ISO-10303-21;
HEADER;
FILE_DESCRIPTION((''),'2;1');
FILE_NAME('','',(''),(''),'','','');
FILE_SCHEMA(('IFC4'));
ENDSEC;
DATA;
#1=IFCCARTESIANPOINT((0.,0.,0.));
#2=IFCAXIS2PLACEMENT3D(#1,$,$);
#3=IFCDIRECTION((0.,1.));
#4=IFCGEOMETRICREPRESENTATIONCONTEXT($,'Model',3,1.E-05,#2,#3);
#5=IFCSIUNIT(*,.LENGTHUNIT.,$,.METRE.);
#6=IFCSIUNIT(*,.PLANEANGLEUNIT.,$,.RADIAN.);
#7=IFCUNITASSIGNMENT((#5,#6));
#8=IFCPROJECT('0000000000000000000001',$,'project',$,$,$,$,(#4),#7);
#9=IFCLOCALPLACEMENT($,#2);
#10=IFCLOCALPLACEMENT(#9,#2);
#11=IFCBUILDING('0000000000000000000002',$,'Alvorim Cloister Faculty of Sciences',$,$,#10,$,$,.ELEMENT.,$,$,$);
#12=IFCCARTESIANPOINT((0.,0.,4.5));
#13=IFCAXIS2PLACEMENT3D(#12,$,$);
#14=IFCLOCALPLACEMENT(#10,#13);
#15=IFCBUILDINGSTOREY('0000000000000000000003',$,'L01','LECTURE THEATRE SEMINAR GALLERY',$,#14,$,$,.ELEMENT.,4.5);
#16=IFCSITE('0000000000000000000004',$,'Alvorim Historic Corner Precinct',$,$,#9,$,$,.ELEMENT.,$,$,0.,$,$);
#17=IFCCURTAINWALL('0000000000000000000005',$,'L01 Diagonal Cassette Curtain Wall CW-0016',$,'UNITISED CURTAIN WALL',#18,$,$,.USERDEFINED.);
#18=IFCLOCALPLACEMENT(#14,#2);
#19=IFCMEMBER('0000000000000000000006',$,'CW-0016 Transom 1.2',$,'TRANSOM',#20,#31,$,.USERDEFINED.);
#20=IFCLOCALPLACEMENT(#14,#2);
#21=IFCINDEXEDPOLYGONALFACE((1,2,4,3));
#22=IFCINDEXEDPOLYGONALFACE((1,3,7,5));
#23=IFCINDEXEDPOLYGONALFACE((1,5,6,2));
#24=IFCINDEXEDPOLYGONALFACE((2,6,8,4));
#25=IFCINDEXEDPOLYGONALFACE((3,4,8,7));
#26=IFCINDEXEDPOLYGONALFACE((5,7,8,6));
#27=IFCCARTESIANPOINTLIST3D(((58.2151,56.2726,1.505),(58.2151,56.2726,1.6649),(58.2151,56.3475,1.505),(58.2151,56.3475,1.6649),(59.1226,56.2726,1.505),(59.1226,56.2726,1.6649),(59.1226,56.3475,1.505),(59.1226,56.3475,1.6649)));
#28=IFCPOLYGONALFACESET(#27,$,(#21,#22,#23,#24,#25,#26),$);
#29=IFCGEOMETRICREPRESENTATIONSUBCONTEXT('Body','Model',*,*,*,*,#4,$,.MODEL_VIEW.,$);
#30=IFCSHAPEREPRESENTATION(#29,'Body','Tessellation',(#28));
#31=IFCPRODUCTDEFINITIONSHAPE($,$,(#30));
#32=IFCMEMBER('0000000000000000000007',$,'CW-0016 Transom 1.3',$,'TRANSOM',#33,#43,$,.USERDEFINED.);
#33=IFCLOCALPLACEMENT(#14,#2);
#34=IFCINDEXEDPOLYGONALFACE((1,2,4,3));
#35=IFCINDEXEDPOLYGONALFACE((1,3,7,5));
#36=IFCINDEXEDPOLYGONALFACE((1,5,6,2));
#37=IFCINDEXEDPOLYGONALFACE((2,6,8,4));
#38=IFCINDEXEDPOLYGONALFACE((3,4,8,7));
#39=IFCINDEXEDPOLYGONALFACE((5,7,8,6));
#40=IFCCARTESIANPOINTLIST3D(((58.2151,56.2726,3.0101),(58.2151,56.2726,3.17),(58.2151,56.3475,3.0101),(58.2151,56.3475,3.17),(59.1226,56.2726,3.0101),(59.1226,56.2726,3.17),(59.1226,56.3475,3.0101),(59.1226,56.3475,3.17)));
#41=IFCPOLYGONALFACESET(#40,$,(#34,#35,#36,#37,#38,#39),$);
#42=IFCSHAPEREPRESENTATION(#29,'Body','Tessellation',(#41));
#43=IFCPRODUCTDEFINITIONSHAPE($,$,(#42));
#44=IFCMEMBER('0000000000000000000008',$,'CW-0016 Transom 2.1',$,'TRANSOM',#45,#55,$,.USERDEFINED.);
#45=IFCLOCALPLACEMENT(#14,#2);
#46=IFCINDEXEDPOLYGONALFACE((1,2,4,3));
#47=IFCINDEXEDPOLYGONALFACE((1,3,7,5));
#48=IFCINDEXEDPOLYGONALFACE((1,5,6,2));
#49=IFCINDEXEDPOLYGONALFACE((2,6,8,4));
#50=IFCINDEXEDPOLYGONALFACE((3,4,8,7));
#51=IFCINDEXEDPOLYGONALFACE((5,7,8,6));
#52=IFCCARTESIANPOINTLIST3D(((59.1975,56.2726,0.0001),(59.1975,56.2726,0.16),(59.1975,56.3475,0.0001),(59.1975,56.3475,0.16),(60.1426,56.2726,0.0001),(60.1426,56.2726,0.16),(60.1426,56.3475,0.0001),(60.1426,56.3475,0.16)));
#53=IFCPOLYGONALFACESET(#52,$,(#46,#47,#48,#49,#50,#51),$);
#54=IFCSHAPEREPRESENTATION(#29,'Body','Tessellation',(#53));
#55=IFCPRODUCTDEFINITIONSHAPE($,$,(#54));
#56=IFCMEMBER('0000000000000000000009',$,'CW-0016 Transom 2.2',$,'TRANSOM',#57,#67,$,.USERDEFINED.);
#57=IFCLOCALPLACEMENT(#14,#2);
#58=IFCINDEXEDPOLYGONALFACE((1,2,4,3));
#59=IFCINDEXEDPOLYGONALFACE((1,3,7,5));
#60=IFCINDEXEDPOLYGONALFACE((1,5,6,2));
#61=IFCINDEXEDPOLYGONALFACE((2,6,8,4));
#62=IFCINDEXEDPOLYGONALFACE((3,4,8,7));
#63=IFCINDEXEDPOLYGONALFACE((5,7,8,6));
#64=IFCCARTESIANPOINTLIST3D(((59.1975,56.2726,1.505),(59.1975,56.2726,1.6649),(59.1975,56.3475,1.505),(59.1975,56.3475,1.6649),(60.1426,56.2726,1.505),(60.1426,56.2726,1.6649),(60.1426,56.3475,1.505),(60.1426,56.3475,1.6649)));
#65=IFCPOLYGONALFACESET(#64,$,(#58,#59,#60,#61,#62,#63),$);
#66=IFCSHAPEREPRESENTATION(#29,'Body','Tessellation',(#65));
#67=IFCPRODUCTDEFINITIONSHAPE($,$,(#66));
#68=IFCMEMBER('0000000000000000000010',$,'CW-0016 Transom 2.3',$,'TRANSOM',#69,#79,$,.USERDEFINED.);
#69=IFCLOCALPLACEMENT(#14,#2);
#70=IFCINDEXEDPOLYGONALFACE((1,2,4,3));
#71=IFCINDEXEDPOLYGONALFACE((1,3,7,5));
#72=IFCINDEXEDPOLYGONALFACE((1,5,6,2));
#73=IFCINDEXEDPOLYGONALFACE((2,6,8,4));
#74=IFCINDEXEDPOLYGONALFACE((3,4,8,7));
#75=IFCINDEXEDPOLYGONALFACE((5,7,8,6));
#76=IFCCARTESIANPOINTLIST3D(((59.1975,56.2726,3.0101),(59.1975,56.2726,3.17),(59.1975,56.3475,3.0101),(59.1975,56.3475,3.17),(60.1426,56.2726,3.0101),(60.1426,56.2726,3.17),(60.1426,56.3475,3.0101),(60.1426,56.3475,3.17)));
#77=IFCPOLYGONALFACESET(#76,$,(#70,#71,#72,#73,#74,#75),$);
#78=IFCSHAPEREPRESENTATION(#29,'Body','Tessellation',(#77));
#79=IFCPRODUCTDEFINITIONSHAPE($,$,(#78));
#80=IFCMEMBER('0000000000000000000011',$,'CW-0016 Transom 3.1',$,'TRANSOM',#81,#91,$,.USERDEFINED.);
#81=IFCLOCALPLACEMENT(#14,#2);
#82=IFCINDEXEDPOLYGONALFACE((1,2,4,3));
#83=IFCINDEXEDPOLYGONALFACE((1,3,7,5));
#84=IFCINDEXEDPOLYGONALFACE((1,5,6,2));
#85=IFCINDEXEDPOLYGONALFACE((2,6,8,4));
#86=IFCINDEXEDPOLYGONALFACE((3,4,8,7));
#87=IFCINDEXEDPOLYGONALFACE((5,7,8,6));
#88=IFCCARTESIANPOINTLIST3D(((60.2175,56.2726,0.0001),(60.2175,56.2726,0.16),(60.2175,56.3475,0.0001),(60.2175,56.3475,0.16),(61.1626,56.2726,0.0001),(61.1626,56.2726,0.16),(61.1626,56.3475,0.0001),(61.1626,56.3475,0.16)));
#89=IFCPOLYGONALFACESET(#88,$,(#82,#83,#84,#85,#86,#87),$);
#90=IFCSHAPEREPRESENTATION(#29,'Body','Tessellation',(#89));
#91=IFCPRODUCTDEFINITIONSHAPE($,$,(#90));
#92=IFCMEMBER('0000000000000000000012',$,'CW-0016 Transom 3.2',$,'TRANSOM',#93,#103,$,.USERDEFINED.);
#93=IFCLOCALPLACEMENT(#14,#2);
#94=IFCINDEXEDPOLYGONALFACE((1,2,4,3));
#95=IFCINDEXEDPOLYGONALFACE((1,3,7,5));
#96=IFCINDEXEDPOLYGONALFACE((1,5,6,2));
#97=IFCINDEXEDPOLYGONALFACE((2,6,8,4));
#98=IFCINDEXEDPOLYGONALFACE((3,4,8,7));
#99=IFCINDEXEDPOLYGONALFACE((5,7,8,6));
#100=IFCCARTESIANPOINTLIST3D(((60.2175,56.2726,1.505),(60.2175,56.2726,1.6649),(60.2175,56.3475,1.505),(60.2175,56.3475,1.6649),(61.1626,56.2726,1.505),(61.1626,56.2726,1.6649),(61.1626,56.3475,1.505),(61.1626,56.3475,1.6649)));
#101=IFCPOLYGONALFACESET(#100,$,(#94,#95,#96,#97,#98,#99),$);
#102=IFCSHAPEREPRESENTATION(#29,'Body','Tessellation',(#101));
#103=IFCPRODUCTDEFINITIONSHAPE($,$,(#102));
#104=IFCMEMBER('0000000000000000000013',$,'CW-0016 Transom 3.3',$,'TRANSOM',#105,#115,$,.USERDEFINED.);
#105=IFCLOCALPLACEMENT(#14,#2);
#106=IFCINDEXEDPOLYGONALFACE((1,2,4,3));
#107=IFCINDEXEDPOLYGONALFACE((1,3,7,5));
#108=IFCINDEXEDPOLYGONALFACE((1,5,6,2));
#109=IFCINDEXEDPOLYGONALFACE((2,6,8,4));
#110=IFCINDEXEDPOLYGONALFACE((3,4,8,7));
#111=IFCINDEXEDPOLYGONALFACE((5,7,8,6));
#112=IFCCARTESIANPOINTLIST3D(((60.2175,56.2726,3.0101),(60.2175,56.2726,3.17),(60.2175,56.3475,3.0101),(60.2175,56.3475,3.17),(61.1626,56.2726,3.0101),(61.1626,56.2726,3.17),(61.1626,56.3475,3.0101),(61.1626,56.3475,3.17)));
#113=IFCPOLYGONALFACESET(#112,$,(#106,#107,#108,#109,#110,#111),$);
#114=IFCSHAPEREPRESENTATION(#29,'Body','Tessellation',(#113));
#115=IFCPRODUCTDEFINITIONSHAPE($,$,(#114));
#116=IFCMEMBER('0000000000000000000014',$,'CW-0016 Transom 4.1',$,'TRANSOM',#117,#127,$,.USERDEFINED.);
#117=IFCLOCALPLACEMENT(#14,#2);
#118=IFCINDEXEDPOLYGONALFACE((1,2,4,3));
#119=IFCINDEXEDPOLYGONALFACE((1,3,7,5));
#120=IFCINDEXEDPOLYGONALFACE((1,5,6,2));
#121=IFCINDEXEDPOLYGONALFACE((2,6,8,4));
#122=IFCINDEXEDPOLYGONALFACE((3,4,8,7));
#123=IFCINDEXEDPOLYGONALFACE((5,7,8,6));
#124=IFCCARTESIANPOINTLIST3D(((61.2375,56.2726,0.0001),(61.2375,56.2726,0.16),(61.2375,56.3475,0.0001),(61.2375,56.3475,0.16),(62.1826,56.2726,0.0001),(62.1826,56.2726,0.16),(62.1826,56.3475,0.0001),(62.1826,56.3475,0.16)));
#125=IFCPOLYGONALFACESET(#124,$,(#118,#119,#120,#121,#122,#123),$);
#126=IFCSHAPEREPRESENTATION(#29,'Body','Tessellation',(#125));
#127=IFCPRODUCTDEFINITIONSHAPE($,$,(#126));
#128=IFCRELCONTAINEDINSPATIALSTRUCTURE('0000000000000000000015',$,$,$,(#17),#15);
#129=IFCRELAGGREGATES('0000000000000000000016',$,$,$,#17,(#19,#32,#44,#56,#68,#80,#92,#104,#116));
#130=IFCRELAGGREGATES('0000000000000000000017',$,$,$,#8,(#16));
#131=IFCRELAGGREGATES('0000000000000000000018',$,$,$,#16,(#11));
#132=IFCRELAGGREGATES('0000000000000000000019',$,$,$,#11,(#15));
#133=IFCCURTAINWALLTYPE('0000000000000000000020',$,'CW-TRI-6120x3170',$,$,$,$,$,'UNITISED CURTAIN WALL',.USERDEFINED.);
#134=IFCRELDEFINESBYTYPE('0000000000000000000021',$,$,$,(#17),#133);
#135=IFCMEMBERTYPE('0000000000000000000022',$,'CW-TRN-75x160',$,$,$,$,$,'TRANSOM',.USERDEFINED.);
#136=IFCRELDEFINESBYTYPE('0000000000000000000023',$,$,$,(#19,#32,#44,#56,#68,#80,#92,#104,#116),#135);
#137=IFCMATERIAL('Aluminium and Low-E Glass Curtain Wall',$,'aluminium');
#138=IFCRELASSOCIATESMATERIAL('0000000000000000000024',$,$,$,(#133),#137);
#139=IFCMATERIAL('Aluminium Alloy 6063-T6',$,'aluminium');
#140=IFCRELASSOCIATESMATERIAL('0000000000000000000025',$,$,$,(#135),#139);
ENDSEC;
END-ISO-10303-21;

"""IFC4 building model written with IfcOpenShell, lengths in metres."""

from ifc_helpers import new_model, si_unit, direction, frame, origin, origin_2d, place, context, subcontext, project, spatial, rectangle, extrude, material, material_profile, profile_set, type_object, element, aggregate, save


model = new_model("IFC4")

# Units and contexts
model_context = context("Model", 3, precision=1e-05, world=origin(), true_north=direction((0.0, 1.0)))
body_context = subcontext(model_context, "Body", "Model", "MODEL_VIEW")
ifc_project = project(units=[si_unit("LENGTHUNIT", "METRE"), si_unit("PLANEANGLEUNIT", "RADIAN")], contexts=[model_context])

# Site, building, storey
site_placement = place(None, origin())
site = spatial("IfcSite", under=ifc_project, at=site_placement, Name="Alvorim Historic Corner Precinct", CompositionType="ELEMENT", RefElevation=0.0)
building_placement = place(site_placement, origin())
building = spatial("IfcBuilding", under=site, at=building_placement, Name="Alvorim Cloister Faculty of Sciences", CompositionType="ELEMENT")
storey_placement = place(building_placement, frame((0.0, 0.0, 4.5)))
storey = spatial("IfcBuildingStorey", under=building, at=storey_placement, Name="L01", Description="LECTURE THEATRE SEMINAR GALLERY", CompositionType="ELEMENT", Elevation=4.5)

# Curtain wall
ifc_material_1 = material(Name="Aluminium and Low-E Glass Curtain Wall", Category="aluminium")
curtain_wall_type = type_object("IfcCurtainWallType", Name="CW-TRI-6120x3170", ElementType="UNITISED CURTAIN WALL", PredefinedType="USERDEFINED", material=ifc_material_1)
ifc_material_2 = material(Name="Aluminium Alloy 6063-T6", Category="aluminium")
curtain_wall_1_placement = place(storey_placement, origin())
curtain_wall_1 = element("IfcCurtainWall", 1, at=curtain_wall_1_placement, inside=storey, type_object=curtain_wall_type, Name="L01 Diagonal Cassette Curtain Wall CW-0016", ObjectType="UNITISED CURTAIN WALL", PredefinedType="USERDEFINED")

# Members
ifc_material_profile_1 = material_profile(ifc_material_2, rectangle(XDim=0.075, YDim=0.1599, at=origin_2d()), Name="ALU-TRN-75x160")
ifc_profile_set_1 = profile_set([ifc_material_profile_1], Name="Aluminium Alloy 6063-T6")
member_type_1 = type_object("IfcMemberType", Name="CW-TRN-75x160", ElementType="TRANSOM", PredefinedType="USERDEFINED", material=ifc_profile_set_1)
member_1_placement = place(storey_placement, frame((58.2151, 56.3101, 1.585), z_axis=(1.0, 0.0, 0.0), x_axis=(0.0, 1.0, 0.0)))
member_1 = element("IfcMember", 2, at=member_1_placement, type_object=member_type_1, Name="CW-0016 Transom 1.2", ObjectType="TRANSOM", PredefinedType="USERDEFINED", context=body_context, shape_type="SweptSolid", body=[
    extrude(rectangle(XDim=0.075, YDim=0.1599, at=origin_2d()), origin(), (0.0, 0.0, 1.0), 0.9075),
])
member_2_placement = place(storey_placement, frame((58.2151, 56.3101, 3.0901), z_axis=(1.0, 0.0, 0.0), x_axis=(0.0, 1.0, 0.0)))
member_2 = element("IfcMember", 3, at=member_2_placement, type_object=member_type_1, Name="CW-0016 Transom 1.3", ObjectType="TRANSOM", PredefinedType="USERDEFINED", context=body_context, shape_type="SweptSolid", body=[
    extrude(rectangle(XDim=0.075, YDim=0.1599, at=origin_2d()), origin(), (0.0, 0.0, 1.0), 0.9075),
])
member_3_placement = place(storey_placement, frame((59.1975, 56.3101, 0.0801), z_axis=(1.0, 0.0, 0.0), x_axis=(0.0, 1.0, 0.0)))
member_3 = element("IfcMember", 4, at=member_3_placement, type_object=member_type_1, Name="CW-0016 Transom 2.1", ObjectType="TRANSOM", PredefinedType="USERDEFINED", context=body_context, shape_type="SweptSolid", body=[
    extrude(rectangle(XDim=0.075, YDim=0.1599, at=origin_2d()), origin(), (0.0, 0.0, 1.0), 0.9451),
])
member_4_placement = place(storey_placement, frame((59.1975, 56.3101, 1.585), z_axis=(1.0, 0.0, 0.0), x_axis=(0.0, 1.0, 0.0)))
member_4 = element("IfcMember", 5, at=member_4_placement, type_object=member_type_1, Name="CW-0016 Transom 2.2", ObjectType="TRANSOM", PredefinedType="USERDEFINED", context=body_context, shape_type="SweptSolid", body=[
    extrude(rectangle(XDim=0.075, YDim=0.1599, at=origin_2d()), origin(), (0.0, 0.0, 1.0), 0.9451),
])
member_5_placement = place(storey_placement, frame((59.1975, 56.3101, 3.0901), z_axis=(1.0, 0.0, 0.0), x_axis=(0.0, 1.0, 0.0)))
member_5 = element("IfcMember", 6, at=member_5_placement, type_object=member_type_1, Name="CW-0016 Transom 2.3", ObjectType="TRANSOM", PredefinedType="USERDEFINED", context=body_context, shape_type="SweptSolid", body=[
    extrude(rectangle(XDim=0.075, YDim=0.1599, at=origin_2d()), origin(), (0.0, 0.0, 1.0), 0.9451),
])
member_6_placement = place(storey_placement, frame((60.2175, 56.3101, 0.0801), z_axis=(1.0, 0.0, 0.0), x_axis=(0.0, 1.0, 0.0)))
member_6 = element("IfcMember", 7, at=member_6_placement, type_object=member_type_1, Name="CW-0016 Transom 3.1", ObjectType="TRANSOM", PredefinedType="USERDEFINED", context=body_context, shape_type="SweptSolid", body=[
    extrude(rectangle(XDim=0.075, YDim=0.1599, at=origin_2d()), origin(), (0.0, 0.0, 1.0), 0.9451),
])
member_7_placement = place(storey_placement, frame((60.2175, 56.3101, 1.585), z_axis=(1.0, 0.0, 0.0), x_axis=(0.0, 1.0, 0.0)))
member_7 = element("IfcMember", 8, at=member_7_placement, type_object=member_type_1, Name="CW-0016 Transom 3.2", ObjectType="TRANSOM", PredefinedType="USERDEFINED", context=body_context, shape_type="SweptSolid", body=[
    extrude(rectangle(XDim=0.075, YDim=0.1599, at=origin_2d()), origin(), (0.0, 0.0, 1.0), 0.9451),
])
member_8_placement = place(storey_placement, frame((60.2175, 56.3101, 3.0901), z_axis=(1.0, 0.0, 0.0), x_axis=(0.0, 1.0, 0.0)))
member_8 = element("IfcMember", 9, at=member_8_placement, type_object=member_type_1, Name="CW-0016 Transom 3.3", ObjectType="TRANSOM", PredefinedType="USERDEFINED", context=body_context, shape_type="SweptSolid", body=[
    extrude(rectangle(XDim=0.075, YDim=0.1599, at=origin_2d()), origin(), (0.0, 0.0, 1.0), 0.9451),
])
member_9_placement = place(storey_placement, frame((61.2375, 56.3101, 0.0801), z_axis=(1.0, 0.0, 0.0), x_axis=(0.0, 1.0, 0.0)))
member_9 = element("IfcMember", 10, at=member_9_placement, type_object=member_type_1, Name="CW-0016 Transom 4.1", ObjectType="TRANSOM", PredefinedType="USERDEFINED", context=body_context, shape_type="SweptSolid", body=[
    extrude(rectangle(XDim=0.075, YDim=0.1599, at=origin_2d()), origin(), (0.0, 0.0, 1.0), 0.9451),
])
aggregate(curtain_wall_1, [member_1, member_2, member_3, member_4, member_5, member_6, member_7, member_8, member_9])

save(model, "model.ifc")
